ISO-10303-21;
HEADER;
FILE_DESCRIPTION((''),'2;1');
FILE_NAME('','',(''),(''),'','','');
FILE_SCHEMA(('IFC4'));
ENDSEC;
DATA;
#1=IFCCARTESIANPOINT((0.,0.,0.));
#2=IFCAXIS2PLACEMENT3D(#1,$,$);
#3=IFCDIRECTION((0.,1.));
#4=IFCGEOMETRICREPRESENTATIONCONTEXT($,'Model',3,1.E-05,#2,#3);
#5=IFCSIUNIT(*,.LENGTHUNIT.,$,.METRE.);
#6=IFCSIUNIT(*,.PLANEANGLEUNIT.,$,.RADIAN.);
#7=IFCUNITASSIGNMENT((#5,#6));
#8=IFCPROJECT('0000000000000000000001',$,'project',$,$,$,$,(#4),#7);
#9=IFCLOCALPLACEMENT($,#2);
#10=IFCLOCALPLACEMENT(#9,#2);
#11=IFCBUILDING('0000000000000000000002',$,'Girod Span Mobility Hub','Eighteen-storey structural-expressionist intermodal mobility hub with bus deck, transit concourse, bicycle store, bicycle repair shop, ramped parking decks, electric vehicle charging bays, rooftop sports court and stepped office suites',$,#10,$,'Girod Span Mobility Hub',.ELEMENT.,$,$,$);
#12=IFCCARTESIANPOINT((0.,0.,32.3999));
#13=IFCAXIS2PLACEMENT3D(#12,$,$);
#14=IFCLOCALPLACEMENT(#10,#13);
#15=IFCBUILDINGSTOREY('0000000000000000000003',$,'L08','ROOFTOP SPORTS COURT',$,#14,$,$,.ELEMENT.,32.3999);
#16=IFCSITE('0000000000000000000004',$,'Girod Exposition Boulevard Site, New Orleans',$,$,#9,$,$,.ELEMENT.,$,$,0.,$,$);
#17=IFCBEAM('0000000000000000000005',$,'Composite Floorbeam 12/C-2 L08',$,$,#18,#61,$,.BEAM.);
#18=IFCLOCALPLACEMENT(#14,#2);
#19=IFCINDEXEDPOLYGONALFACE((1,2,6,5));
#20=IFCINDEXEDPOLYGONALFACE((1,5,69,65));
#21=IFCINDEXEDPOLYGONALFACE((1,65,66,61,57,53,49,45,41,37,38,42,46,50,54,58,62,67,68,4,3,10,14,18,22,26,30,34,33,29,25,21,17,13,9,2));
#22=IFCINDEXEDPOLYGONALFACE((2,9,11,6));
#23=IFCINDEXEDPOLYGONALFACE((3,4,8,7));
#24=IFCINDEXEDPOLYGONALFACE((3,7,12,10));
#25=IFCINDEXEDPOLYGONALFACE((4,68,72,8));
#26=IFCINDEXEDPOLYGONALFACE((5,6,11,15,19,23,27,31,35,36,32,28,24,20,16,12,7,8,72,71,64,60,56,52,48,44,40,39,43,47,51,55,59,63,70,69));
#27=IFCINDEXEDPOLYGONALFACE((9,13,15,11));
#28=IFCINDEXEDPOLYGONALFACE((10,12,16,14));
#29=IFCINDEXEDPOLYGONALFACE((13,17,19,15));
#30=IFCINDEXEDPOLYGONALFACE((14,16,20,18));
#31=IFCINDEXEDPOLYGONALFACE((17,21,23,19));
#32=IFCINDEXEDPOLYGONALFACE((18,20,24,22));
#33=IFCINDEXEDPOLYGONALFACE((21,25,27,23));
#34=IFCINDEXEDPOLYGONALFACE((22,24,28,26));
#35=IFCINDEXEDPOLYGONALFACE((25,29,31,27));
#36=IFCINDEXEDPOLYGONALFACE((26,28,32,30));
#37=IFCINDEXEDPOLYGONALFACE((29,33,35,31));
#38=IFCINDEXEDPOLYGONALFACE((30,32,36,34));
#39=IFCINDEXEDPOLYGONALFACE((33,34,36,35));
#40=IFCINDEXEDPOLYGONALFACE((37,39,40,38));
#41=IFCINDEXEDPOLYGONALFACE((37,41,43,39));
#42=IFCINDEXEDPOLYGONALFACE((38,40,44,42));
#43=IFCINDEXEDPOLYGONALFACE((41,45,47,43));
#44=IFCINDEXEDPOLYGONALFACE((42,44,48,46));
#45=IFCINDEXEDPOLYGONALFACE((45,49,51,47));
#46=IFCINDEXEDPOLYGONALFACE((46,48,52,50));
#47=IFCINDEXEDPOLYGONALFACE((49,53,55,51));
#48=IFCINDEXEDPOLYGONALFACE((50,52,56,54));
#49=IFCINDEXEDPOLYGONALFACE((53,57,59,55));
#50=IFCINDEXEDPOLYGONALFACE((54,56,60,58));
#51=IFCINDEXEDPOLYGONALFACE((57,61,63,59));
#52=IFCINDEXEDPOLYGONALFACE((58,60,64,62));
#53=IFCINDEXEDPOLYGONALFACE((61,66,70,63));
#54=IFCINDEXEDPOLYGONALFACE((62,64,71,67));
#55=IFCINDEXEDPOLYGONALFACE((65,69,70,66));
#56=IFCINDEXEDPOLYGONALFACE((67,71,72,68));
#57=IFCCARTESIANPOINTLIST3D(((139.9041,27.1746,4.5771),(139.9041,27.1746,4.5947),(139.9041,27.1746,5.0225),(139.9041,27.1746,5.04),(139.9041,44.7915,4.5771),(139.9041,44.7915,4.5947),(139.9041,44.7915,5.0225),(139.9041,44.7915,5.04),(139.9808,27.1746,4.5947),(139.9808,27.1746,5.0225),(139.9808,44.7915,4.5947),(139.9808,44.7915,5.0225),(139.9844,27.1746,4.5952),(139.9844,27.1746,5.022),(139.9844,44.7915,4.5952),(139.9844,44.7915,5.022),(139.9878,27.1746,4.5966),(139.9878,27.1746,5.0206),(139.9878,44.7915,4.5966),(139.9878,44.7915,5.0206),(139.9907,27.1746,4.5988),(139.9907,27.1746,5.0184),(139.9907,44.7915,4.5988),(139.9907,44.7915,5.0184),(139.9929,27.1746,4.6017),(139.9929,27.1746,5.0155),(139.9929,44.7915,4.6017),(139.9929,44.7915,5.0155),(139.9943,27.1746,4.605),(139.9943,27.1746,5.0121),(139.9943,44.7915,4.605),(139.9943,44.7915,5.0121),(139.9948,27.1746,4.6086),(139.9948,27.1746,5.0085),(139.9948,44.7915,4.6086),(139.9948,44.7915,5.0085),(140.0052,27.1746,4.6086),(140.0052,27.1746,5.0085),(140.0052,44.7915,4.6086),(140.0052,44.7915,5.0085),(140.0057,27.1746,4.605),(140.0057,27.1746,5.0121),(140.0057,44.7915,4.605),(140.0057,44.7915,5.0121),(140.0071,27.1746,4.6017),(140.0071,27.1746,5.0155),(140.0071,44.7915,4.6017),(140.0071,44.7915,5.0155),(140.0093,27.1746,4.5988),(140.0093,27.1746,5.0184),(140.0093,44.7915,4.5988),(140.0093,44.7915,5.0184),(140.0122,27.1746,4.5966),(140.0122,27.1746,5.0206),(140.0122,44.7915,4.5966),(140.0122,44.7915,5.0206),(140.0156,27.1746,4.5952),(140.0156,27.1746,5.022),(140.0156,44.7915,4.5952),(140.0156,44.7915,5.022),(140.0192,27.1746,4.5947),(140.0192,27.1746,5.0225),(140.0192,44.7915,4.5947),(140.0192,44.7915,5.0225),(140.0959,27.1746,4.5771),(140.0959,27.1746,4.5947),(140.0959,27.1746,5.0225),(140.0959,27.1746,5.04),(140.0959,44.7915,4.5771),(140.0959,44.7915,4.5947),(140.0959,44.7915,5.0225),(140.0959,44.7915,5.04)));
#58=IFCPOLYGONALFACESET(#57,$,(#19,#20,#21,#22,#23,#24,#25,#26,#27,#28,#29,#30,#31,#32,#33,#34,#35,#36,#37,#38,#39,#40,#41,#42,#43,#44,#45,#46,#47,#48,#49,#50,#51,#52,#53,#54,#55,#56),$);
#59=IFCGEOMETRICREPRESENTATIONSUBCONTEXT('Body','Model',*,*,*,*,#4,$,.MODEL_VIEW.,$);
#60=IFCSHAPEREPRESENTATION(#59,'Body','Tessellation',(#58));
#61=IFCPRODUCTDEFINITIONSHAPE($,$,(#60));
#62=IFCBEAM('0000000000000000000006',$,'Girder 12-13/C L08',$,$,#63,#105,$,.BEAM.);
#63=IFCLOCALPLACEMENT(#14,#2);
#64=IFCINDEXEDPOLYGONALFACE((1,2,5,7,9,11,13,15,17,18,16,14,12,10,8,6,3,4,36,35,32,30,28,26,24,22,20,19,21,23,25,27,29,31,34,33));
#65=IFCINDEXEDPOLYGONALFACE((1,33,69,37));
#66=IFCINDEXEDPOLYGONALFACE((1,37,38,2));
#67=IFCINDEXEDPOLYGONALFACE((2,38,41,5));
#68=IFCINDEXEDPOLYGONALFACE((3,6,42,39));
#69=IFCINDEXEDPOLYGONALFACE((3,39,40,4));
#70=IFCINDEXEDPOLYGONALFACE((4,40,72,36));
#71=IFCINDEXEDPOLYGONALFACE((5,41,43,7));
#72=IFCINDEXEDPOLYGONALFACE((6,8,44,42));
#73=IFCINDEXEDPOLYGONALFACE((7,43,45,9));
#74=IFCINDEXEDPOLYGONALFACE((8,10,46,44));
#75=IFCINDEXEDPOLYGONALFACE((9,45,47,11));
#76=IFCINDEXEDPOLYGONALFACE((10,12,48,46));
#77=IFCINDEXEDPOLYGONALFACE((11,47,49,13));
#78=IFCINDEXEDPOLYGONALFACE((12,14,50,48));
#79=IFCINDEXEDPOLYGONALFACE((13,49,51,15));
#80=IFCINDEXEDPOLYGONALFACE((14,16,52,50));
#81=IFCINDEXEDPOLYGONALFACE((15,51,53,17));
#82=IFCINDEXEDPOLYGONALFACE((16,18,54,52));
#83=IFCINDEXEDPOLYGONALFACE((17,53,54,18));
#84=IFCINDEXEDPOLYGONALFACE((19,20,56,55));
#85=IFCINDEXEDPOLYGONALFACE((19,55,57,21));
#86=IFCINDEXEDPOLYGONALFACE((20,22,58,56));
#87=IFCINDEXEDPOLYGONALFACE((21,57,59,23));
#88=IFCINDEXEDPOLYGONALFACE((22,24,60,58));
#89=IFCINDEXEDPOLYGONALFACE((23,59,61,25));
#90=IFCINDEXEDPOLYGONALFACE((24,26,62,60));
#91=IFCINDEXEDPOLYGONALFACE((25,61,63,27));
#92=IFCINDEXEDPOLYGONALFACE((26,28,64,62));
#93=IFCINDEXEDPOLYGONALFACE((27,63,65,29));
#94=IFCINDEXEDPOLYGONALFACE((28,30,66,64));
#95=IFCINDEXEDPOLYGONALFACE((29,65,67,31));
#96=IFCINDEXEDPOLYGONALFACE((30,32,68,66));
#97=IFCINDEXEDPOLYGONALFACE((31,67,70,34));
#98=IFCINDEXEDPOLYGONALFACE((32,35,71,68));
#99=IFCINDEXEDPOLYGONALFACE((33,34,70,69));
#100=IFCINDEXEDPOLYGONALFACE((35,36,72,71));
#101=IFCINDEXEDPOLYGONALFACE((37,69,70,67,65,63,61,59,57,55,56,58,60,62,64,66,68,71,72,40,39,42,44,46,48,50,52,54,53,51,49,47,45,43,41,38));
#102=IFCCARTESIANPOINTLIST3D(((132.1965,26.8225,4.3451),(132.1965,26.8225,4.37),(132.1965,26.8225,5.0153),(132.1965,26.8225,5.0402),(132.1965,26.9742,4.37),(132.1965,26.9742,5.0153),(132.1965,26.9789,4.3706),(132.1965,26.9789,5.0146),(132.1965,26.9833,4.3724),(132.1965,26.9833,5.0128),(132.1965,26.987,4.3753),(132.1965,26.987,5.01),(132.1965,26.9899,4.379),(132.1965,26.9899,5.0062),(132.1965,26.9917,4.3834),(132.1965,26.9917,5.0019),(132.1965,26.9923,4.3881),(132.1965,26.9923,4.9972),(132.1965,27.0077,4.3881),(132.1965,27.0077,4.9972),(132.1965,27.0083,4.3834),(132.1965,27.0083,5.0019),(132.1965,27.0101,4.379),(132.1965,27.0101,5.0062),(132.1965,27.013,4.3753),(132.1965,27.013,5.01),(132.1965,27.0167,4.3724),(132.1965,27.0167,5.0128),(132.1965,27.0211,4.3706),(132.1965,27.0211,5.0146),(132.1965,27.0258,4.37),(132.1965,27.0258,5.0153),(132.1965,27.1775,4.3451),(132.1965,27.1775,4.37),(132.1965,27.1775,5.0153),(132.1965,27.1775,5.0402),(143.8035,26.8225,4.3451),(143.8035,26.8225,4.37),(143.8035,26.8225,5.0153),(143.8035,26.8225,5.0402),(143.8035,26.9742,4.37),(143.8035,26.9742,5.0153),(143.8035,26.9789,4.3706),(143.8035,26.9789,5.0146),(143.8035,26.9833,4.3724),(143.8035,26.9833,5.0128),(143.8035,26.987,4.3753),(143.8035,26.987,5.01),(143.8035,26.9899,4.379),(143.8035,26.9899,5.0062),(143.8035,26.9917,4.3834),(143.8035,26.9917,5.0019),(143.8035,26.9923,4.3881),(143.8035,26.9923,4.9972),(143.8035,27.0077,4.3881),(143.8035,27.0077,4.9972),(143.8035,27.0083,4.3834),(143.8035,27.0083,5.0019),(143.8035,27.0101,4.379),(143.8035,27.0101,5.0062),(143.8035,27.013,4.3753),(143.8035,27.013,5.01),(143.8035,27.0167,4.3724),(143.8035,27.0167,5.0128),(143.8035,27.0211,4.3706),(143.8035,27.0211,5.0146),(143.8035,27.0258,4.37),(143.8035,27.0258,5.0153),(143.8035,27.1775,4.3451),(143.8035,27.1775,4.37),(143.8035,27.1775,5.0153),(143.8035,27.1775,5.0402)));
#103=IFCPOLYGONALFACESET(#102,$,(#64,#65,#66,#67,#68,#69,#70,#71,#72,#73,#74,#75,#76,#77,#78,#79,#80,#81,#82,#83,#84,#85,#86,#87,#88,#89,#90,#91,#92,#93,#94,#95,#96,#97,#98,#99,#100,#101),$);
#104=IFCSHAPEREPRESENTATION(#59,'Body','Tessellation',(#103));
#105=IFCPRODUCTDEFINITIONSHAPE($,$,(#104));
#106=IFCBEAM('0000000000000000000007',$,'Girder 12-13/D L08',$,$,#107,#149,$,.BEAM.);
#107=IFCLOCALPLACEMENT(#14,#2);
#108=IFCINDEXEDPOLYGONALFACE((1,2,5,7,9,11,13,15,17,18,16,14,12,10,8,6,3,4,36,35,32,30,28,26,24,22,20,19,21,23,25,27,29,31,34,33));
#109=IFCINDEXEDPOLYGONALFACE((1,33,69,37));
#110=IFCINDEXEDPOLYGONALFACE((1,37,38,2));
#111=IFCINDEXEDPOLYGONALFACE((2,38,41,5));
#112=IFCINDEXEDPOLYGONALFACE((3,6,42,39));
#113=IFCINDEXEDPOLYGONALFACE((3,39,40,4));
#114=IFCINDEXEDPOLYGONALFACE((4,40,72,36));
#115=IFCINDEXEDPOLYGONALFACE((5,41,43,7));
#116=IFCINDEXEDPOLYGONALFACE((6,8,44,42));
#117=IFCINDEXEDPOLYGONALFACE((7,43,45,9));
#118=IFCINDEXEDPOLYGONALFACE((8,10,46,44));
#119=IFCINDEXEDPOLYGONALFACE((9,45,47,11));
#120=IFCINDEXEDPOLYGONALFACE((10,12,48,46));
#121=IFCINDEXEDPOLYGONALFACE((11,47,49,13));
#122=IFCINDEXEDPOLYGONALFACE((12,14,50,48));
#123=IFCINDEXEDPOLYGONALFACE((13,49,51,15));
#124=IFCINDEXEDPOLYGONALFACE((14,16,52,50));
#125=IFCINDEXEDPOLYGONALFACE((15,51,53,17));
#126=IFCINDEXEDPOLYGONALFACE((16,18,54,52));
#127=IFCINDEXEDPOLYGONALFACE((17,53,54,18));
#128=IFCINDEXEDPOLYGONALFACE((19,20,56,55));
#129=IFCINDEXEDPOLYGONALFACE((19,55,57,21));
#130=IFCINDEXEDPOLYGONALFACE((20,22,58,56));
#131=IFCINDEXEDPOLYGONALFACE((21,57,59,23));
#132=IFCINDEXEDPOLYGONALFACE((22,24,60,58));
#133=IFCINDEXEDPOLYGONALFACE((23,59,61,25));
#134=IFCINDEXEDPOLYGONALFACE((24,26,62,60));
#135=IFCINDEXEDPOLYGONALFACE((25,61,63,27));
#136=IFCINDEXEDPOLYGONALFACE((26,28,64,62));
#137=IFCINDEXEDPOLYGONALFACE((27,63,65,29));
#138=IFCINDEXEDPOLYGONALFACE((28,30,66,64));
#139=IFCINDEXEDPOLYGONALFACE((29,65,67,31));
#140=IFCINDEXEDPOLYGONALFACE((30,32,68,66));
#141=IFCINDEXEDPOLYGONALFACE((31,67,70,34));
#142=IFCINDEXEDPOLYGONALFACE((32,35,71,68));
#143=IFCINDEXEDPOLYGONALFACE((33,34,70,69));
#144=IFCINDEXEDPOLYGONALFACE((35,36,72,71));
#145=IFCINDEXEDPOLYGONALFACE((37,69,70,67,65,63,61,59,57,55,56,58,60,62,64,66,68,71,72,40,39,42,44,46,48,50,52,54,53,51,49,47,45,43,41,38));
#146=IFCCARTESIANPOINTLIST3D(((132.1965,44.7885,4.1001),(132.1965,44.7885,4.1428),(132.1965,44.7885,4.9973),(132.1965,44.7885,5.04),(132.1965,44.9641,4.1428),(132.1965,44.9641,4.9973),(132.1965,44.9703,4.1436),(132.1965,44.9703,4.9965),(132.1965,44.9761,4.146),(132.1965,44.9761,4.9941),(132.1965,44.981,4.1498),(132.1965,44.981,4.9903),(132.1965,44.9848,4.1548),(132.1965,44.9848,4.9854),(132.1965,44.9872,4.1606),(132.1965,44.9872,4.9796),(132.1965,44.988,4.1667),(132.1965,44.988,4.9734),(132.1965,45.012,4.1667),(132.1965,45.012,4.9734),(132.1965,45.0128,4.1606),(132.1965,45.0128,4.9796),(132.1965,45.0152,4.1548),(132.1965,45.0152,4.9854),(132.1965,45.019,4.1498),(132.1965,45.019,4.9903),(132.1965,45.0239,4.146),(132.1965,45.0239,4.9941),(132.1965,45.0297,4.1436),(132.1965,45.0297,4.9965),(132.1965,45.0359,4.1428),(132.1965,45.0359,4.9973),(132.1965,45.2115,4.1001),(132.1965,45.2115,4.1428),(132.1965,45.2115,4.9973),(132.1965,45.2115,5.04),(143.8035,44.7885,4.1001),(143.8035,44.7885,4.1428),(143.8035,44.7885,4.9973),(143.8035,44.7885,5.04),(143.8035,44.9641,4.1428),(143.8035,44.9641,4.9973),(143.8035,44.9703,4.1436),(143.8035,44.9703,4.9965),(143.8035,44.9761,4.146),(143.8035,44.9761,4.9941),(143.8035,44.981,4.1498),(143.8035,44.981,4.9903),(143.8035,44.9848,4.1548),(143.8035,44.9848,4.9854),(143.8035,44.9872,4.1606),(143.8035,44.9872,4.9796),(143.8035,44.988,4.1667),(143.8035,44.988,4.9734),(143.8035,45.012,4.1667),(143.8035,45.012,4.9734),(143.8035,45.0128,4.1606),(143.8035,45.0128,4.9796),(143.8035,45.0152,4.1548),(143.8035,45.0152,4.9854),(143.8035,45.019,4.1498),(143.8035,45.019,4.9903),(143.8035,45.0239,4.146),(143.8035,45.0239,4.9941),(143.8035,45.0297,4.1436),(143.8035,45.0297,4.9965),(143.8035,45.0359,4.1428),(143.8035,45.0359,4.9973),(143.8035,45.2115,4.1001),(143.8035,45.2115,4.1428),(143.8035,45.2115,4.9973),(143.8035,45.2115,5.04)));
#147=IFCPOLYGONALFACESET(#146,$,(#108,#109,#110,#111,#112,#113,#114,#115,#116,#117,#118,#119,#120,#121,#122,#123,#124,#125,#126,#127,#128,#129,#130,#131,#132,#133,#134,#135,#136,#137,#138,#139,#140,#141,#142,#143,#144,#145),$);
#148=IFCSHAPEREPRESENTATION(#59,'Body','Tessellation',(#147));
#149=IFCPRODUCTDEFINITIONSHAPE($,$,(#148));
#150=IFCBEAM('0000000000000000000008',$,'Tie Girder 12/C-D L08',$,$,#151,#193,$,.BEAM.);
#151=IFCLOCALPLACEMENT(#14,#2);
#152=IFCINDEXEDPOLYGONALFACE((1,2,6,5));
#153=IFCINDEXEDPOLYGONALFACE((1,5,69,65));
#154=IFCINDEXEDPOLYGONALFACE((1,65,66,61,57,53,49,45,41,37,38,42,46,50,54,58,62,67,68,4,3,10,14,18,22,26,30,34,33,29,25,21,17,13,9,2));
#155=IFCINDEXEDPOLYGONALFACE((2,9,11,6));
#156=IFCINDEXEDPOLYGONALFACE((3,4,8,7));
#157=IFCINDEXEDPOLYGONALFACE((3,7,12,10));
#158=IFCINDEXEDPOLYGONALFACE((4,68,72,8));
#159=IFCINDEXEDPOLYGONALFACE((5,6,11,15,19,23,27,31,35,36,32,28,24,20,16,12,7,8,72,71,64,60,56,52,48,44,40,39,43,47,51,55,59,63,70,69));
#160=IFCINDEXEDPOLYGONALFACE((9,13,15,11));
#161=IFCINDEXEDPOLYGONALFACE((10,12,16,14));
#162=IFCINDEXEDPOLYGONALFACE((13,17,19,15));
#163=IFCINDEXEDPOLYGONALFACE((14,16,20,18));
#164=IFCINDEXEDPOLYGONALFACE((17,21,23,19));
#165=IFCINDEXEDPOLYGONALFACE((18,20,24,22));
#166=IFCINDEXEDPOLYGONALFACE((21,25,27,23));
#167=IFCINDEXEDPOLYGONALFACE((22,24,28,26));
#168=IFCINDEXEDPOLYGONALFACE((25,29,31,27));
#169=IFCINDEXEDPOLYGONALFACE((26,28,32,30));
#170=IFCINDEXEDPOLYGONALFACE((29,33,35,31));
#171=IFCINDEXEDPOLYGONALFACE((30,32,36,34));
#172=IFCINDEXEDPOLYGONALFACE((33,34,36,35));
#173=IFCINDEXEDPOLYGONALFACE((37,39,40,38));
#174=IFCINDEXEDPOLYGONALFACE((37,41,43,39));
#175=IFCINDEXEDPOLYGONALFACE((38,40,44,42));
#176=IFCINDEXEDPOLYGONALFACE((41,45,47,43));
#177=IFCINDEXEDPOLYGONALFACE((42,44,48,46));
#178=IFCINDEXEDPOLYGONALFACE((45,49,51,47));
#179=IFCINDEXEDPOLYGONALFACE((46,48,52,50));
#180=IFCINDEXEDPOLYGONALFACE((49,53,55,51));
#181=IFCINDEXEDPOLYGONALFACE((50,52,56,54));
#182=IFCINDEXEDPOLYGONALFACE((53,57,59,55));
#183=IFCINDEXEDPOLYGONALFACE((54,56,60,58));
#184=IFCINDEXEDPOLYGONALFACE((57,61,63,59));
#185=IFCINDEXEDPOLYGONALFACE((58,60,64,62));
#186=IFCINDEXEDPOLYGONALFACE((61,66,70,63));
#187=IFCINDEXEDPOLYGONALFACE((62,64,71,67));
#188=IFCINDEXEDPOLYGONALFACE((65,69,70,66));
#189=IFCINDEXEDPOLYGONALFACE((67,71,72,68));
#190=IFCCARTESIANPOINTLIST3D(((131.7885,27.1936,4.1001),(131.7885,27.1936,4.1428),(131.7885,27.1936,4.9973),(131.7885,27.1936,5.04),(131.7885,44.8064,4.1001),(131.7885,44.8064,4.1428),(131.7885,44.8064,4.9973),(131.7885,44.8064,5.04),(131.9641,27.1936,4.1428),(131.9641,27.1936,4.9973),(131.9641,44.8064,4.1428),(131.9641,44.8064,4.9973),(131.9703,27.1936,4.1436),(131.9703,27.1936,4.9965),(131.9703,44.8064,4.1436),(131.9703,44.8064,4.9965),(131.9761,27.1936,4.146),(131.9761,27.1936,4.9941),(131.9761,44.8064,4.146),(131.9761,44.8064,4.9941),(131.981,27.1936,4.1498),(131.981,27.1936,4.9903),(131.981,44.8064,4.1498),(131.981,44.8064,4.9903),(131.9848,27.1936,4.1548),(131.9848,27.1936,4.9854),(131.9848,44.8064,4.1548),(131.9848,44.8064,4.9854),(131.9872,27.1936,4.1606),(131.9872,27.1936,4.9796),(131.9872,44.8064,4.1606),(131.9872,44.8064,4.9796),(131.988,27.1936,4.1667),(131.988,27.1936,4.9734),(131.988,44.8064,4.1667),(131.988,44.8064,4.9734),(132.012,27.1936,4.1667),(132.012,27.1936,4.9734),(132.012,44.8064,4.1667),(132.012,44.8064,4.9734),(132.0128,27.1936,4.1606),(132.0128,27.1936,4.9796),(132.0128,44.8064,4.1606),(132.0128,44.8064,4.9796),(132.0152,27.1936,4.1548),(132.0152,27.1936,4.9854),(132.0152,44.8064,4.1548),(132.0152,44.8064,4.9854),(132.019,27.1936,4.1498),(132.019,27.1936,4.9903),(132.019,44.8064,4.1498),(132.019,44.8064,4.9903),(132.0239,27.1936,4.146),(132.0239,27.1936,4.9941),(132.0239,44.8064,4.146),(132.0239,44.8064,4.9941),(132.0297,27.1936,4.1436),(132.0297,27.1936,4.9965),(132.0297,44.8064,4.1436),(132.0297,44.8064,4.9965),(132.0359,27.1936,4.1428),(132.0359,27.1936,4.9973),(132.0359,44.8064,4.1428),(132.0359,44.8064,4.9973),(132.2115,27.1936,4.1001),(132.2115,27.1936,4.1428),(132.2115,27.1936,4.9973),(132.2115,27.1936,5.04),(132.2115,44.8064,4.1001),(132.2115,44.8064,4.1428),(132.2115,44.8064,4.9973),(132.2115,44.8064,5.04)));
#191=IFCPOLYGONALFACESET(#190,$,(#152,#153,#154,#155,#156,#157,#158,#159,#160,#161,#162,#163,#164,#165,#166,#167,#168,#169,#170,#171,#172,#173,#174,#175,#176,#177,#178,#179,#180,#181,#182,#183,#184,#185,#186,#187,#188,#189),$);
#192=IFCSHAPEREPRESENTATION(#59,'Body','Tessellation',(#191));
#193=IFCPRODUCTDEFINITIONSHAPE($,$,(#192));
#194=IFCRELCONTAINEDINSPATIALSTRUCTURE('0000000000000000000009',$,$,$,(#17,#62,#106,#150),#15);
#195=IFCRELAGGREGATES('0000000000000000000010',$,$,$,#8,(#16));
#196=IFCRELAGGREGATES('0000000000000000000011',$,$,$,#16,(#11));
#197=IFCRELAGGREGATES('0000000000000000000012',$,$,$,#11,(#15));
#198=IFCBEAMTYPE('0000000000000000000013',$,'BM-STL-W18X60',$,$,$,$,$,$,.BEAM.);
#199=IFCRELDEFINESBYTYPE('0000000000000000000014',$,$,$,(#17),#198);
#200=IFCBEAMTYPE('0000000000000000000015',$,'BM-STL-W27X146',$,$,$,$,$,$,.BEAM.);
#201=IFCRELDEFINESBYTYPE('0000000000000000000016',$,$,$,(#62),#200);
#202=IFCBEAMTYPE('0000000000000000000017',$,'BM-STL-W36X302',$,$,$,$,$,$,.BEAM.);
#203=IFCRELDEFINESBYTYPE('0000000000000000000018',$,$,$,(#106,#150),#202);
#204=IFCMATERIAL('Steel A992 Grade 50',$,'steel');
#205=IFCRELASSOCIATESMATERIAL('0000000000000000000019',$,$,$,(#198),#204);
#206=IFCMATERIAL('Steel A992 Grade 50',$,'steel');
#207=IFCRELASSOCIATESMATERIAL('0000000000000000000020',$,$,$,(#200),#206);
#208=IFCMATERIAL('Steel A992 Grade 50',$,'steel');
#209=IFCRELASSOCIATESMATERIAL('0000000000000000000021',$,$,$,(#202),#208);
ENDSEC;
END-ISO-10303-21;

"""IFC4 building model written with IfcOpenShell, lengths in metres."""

from ifc_helpers import new_model, si_unit, direction, frame, origin, origin_2d, place, context, subcontext, project, spatial, i_section, extrude, material, material_profile, profile_set, type_object, element, save


model = new_model("IFC4")

# Units and contexts
model_context = context("Model", 3, precision=1e-05, world=origin(), true_north=direction((0.0, 1.0)))
body_context = subcontext(model_context, "Body", "Model", "MODEL_VIEW")
ifc_project = project(units=[si_unit("LENGTHUNIT", "METRE"), si_unit("PLANEANGLEUNIT", "RADIAN")], contexts=[model_context])

# Site, building, storey
site_placement = place(None, origin())
site = spatial("IfcSite", under=ifc_project, at=site_placement, Name="Girod Exposition Boulevard Site, New Orleans", CompositionType="ELEMENT", RefElevation=0.0)
building_placement = place(site_placement, origin())
building = spatial("IfcBuilding", under=site, at=building_placement, Name="Girod Span Mobility Hub", Description="Eighteen-storey structural-expressionist intermodal mobility hub with bus deck, transit concourse, bicycle store, bicycle repair shop, ramped parking decks, electric vehicle charging bays, rooftop sports court and stepped office suites", LongName="Girod Span Mobility Hub", CompositionType="ELEMENT")
storey_placement = place(building_placement, frame((0.0, 0.0, 32.3999)))
storey = spatial("IfcBuildingStorey", under=building, at=storey_placement, Name="L08", Description="ROOFTOP SPORTS COURT", CompositionType="ELEMENT", Elevation=32.3999)

# Beams
ifc_material_1 = material(Name="Steel A992 Grade 50", Category="steel")
ifc_material_profile_1 = material_profile(ifc_material_1, i_section(OverallWidth=0.1919, OverallDepth=0.4629, WebThickness=0.0105, FlangeThickness=0.0176, FilletRadius=0.0139, at=origin_2d()), Name="W18X60")
ifc_profile_set_1 = profile_set([ifc_material_profile_1], Name="Steel A992 Grade 50")
beam_type_1 = type_object("IfcBeamType", Name="BM-STL-W18X60", PredefinedType="BEAM", material=ifc_profile_set_1)
for number, where, z_axis, x_axis, name in (
    (1, (140.0, 27.1746, 4.8086), (0.0, 1.0, 0.0), (-1.0, 0.0, 0.0), "Composite Floorbeam 12/C-2 L08"),
):
    element("IfcBeam", number, at=place(storey_placement, frame(where, z_axis=z_axis, x_axis=x_axis)), inside=storey, type_object=beam_type_1, Name=name, PredefinedType="BEAM", context=body_context, shape_type="SweptSolid", body=[
        extrude(i_section(OverallWidth=0.1919, OverallDepth=0.4629, WebThickness=0.0105, FlangeThickness=0.0176, FilletRadius=0.0139, at=origin_2d()), origin(), (0.0, 0.0, 1.0), 17.6169),
    ])
ifc_material_2 = material(Name="Steel A992 Grade 50", Category="steel")
ifc_material_profile_2 = material_profile(ifc_material_2, i_section(OverallWidth=0.355, OverallDepth=0.6951, WebThickness=0.0154, FlangeThickness=0.0249, FilletRadius=0.0181, at=origin_2d()), Name="W27X146")
ifc_profile_set_2 = profile_set([ifc_material_profile_2], Name="Steel A992 Grade 50")
beam_type_2 = type_object("IfcBeamType", Name="BM-STL-W27X146", PredefinedType="BEAM", material=ifc_profile_set_2)
beam_1_placement = place(storey_placement, frame((132.1965, 27.0, 4.6926), z_axis=(1.0, 0.0, 0.0), x_axis=(0.0, 1.0, 0.0)))
element("IfcBeam", 2, at=beam_1_placement, inside=storey, type_object=beam_type_2, Name="Girder 12-13/C L08", PredefinedType="BEAM", context=body_context, shape_type="SweptSolid", body=[
    extrude(i_section(OverallWidth=0.355, OverallDepth=0.6951, WebThickness=0.0154, FlangeThickness=0.0249, FilletRadius=0.0181, at=origin_2d()), origin(), (0.0, 0.0, 1.0), 11.6069),
])
ifc_material_3 = material(Name="Steel A992 Grade 50", Category="steel")
ifc_material_profile_3 = material_profile(ifc_material_3, i_section(OverallWidth=0.4231, OverallDepth=0.9399, WebThickness=0.0239, FlangeThickness=0.0427, FilletRadius=0.0239, at=origin_2d()), Name="W36X302")
ifc_profile_set_3 = profile_set([ifc_material_profile_3], Name="Steel A992 Grade 50")
beam_type_3 = type_object("IfcBeamType", Name="BM-STL-W36X302", PredefinedType="BEAM", material=ifc_profile_set_3)
beam_2_placement = place(storey_placement, frame((132.1965, 45.0, 4.5701), z_axis=(1.0, 0.0, 0.0), x_axis=(0.0, 1.0, 0.0)))
element("IfcBeam", 3, at=beam_2_placement, inside=storey, type_object=beam_type_3, Name="Girder 12-13/D L08", PredefinedType="BEAM", context=body_context, shape_type="SweptSolid", body=[
    extrude(i_section(OverallWidth=0.4231, OverallDepth=0.9399, WebThickness=0.0239, FlangeThickness=0.0427, FilletRadius=0.0239, at=origin_2d()), origin(), (0.0, 0.0, 1.0), 11.6069),
])
for number, where, z_axis, x_axis, name in (
    (4, (132.0, 27.1936, 4.5701), (0.0, 1.0, 0.0), (-1.0, 0.0, 0.0), "Tie Girder 12/C-D L08"),
):
    element("IfcBeam", number, at=place(storey_placement, frame(where, z_axis=z_axis, x_axis=x_axis)), inside=storey, type_object=beam_type_3, Name=name, PredefinedType="BEAM", context=body_context, shape_type="SweptSolid", body=[
        extrude(i_section(OverallWidth=0.4231, OverallDepth=0.9399, WebThickness=0.0239, FlangeThickness=0.0427, FilletRadius=0.0239, at=origin_2d()), origin(), (0.0, 0.0, 1.0), 17.6128),
    ])

save(model, "model.ifc")
